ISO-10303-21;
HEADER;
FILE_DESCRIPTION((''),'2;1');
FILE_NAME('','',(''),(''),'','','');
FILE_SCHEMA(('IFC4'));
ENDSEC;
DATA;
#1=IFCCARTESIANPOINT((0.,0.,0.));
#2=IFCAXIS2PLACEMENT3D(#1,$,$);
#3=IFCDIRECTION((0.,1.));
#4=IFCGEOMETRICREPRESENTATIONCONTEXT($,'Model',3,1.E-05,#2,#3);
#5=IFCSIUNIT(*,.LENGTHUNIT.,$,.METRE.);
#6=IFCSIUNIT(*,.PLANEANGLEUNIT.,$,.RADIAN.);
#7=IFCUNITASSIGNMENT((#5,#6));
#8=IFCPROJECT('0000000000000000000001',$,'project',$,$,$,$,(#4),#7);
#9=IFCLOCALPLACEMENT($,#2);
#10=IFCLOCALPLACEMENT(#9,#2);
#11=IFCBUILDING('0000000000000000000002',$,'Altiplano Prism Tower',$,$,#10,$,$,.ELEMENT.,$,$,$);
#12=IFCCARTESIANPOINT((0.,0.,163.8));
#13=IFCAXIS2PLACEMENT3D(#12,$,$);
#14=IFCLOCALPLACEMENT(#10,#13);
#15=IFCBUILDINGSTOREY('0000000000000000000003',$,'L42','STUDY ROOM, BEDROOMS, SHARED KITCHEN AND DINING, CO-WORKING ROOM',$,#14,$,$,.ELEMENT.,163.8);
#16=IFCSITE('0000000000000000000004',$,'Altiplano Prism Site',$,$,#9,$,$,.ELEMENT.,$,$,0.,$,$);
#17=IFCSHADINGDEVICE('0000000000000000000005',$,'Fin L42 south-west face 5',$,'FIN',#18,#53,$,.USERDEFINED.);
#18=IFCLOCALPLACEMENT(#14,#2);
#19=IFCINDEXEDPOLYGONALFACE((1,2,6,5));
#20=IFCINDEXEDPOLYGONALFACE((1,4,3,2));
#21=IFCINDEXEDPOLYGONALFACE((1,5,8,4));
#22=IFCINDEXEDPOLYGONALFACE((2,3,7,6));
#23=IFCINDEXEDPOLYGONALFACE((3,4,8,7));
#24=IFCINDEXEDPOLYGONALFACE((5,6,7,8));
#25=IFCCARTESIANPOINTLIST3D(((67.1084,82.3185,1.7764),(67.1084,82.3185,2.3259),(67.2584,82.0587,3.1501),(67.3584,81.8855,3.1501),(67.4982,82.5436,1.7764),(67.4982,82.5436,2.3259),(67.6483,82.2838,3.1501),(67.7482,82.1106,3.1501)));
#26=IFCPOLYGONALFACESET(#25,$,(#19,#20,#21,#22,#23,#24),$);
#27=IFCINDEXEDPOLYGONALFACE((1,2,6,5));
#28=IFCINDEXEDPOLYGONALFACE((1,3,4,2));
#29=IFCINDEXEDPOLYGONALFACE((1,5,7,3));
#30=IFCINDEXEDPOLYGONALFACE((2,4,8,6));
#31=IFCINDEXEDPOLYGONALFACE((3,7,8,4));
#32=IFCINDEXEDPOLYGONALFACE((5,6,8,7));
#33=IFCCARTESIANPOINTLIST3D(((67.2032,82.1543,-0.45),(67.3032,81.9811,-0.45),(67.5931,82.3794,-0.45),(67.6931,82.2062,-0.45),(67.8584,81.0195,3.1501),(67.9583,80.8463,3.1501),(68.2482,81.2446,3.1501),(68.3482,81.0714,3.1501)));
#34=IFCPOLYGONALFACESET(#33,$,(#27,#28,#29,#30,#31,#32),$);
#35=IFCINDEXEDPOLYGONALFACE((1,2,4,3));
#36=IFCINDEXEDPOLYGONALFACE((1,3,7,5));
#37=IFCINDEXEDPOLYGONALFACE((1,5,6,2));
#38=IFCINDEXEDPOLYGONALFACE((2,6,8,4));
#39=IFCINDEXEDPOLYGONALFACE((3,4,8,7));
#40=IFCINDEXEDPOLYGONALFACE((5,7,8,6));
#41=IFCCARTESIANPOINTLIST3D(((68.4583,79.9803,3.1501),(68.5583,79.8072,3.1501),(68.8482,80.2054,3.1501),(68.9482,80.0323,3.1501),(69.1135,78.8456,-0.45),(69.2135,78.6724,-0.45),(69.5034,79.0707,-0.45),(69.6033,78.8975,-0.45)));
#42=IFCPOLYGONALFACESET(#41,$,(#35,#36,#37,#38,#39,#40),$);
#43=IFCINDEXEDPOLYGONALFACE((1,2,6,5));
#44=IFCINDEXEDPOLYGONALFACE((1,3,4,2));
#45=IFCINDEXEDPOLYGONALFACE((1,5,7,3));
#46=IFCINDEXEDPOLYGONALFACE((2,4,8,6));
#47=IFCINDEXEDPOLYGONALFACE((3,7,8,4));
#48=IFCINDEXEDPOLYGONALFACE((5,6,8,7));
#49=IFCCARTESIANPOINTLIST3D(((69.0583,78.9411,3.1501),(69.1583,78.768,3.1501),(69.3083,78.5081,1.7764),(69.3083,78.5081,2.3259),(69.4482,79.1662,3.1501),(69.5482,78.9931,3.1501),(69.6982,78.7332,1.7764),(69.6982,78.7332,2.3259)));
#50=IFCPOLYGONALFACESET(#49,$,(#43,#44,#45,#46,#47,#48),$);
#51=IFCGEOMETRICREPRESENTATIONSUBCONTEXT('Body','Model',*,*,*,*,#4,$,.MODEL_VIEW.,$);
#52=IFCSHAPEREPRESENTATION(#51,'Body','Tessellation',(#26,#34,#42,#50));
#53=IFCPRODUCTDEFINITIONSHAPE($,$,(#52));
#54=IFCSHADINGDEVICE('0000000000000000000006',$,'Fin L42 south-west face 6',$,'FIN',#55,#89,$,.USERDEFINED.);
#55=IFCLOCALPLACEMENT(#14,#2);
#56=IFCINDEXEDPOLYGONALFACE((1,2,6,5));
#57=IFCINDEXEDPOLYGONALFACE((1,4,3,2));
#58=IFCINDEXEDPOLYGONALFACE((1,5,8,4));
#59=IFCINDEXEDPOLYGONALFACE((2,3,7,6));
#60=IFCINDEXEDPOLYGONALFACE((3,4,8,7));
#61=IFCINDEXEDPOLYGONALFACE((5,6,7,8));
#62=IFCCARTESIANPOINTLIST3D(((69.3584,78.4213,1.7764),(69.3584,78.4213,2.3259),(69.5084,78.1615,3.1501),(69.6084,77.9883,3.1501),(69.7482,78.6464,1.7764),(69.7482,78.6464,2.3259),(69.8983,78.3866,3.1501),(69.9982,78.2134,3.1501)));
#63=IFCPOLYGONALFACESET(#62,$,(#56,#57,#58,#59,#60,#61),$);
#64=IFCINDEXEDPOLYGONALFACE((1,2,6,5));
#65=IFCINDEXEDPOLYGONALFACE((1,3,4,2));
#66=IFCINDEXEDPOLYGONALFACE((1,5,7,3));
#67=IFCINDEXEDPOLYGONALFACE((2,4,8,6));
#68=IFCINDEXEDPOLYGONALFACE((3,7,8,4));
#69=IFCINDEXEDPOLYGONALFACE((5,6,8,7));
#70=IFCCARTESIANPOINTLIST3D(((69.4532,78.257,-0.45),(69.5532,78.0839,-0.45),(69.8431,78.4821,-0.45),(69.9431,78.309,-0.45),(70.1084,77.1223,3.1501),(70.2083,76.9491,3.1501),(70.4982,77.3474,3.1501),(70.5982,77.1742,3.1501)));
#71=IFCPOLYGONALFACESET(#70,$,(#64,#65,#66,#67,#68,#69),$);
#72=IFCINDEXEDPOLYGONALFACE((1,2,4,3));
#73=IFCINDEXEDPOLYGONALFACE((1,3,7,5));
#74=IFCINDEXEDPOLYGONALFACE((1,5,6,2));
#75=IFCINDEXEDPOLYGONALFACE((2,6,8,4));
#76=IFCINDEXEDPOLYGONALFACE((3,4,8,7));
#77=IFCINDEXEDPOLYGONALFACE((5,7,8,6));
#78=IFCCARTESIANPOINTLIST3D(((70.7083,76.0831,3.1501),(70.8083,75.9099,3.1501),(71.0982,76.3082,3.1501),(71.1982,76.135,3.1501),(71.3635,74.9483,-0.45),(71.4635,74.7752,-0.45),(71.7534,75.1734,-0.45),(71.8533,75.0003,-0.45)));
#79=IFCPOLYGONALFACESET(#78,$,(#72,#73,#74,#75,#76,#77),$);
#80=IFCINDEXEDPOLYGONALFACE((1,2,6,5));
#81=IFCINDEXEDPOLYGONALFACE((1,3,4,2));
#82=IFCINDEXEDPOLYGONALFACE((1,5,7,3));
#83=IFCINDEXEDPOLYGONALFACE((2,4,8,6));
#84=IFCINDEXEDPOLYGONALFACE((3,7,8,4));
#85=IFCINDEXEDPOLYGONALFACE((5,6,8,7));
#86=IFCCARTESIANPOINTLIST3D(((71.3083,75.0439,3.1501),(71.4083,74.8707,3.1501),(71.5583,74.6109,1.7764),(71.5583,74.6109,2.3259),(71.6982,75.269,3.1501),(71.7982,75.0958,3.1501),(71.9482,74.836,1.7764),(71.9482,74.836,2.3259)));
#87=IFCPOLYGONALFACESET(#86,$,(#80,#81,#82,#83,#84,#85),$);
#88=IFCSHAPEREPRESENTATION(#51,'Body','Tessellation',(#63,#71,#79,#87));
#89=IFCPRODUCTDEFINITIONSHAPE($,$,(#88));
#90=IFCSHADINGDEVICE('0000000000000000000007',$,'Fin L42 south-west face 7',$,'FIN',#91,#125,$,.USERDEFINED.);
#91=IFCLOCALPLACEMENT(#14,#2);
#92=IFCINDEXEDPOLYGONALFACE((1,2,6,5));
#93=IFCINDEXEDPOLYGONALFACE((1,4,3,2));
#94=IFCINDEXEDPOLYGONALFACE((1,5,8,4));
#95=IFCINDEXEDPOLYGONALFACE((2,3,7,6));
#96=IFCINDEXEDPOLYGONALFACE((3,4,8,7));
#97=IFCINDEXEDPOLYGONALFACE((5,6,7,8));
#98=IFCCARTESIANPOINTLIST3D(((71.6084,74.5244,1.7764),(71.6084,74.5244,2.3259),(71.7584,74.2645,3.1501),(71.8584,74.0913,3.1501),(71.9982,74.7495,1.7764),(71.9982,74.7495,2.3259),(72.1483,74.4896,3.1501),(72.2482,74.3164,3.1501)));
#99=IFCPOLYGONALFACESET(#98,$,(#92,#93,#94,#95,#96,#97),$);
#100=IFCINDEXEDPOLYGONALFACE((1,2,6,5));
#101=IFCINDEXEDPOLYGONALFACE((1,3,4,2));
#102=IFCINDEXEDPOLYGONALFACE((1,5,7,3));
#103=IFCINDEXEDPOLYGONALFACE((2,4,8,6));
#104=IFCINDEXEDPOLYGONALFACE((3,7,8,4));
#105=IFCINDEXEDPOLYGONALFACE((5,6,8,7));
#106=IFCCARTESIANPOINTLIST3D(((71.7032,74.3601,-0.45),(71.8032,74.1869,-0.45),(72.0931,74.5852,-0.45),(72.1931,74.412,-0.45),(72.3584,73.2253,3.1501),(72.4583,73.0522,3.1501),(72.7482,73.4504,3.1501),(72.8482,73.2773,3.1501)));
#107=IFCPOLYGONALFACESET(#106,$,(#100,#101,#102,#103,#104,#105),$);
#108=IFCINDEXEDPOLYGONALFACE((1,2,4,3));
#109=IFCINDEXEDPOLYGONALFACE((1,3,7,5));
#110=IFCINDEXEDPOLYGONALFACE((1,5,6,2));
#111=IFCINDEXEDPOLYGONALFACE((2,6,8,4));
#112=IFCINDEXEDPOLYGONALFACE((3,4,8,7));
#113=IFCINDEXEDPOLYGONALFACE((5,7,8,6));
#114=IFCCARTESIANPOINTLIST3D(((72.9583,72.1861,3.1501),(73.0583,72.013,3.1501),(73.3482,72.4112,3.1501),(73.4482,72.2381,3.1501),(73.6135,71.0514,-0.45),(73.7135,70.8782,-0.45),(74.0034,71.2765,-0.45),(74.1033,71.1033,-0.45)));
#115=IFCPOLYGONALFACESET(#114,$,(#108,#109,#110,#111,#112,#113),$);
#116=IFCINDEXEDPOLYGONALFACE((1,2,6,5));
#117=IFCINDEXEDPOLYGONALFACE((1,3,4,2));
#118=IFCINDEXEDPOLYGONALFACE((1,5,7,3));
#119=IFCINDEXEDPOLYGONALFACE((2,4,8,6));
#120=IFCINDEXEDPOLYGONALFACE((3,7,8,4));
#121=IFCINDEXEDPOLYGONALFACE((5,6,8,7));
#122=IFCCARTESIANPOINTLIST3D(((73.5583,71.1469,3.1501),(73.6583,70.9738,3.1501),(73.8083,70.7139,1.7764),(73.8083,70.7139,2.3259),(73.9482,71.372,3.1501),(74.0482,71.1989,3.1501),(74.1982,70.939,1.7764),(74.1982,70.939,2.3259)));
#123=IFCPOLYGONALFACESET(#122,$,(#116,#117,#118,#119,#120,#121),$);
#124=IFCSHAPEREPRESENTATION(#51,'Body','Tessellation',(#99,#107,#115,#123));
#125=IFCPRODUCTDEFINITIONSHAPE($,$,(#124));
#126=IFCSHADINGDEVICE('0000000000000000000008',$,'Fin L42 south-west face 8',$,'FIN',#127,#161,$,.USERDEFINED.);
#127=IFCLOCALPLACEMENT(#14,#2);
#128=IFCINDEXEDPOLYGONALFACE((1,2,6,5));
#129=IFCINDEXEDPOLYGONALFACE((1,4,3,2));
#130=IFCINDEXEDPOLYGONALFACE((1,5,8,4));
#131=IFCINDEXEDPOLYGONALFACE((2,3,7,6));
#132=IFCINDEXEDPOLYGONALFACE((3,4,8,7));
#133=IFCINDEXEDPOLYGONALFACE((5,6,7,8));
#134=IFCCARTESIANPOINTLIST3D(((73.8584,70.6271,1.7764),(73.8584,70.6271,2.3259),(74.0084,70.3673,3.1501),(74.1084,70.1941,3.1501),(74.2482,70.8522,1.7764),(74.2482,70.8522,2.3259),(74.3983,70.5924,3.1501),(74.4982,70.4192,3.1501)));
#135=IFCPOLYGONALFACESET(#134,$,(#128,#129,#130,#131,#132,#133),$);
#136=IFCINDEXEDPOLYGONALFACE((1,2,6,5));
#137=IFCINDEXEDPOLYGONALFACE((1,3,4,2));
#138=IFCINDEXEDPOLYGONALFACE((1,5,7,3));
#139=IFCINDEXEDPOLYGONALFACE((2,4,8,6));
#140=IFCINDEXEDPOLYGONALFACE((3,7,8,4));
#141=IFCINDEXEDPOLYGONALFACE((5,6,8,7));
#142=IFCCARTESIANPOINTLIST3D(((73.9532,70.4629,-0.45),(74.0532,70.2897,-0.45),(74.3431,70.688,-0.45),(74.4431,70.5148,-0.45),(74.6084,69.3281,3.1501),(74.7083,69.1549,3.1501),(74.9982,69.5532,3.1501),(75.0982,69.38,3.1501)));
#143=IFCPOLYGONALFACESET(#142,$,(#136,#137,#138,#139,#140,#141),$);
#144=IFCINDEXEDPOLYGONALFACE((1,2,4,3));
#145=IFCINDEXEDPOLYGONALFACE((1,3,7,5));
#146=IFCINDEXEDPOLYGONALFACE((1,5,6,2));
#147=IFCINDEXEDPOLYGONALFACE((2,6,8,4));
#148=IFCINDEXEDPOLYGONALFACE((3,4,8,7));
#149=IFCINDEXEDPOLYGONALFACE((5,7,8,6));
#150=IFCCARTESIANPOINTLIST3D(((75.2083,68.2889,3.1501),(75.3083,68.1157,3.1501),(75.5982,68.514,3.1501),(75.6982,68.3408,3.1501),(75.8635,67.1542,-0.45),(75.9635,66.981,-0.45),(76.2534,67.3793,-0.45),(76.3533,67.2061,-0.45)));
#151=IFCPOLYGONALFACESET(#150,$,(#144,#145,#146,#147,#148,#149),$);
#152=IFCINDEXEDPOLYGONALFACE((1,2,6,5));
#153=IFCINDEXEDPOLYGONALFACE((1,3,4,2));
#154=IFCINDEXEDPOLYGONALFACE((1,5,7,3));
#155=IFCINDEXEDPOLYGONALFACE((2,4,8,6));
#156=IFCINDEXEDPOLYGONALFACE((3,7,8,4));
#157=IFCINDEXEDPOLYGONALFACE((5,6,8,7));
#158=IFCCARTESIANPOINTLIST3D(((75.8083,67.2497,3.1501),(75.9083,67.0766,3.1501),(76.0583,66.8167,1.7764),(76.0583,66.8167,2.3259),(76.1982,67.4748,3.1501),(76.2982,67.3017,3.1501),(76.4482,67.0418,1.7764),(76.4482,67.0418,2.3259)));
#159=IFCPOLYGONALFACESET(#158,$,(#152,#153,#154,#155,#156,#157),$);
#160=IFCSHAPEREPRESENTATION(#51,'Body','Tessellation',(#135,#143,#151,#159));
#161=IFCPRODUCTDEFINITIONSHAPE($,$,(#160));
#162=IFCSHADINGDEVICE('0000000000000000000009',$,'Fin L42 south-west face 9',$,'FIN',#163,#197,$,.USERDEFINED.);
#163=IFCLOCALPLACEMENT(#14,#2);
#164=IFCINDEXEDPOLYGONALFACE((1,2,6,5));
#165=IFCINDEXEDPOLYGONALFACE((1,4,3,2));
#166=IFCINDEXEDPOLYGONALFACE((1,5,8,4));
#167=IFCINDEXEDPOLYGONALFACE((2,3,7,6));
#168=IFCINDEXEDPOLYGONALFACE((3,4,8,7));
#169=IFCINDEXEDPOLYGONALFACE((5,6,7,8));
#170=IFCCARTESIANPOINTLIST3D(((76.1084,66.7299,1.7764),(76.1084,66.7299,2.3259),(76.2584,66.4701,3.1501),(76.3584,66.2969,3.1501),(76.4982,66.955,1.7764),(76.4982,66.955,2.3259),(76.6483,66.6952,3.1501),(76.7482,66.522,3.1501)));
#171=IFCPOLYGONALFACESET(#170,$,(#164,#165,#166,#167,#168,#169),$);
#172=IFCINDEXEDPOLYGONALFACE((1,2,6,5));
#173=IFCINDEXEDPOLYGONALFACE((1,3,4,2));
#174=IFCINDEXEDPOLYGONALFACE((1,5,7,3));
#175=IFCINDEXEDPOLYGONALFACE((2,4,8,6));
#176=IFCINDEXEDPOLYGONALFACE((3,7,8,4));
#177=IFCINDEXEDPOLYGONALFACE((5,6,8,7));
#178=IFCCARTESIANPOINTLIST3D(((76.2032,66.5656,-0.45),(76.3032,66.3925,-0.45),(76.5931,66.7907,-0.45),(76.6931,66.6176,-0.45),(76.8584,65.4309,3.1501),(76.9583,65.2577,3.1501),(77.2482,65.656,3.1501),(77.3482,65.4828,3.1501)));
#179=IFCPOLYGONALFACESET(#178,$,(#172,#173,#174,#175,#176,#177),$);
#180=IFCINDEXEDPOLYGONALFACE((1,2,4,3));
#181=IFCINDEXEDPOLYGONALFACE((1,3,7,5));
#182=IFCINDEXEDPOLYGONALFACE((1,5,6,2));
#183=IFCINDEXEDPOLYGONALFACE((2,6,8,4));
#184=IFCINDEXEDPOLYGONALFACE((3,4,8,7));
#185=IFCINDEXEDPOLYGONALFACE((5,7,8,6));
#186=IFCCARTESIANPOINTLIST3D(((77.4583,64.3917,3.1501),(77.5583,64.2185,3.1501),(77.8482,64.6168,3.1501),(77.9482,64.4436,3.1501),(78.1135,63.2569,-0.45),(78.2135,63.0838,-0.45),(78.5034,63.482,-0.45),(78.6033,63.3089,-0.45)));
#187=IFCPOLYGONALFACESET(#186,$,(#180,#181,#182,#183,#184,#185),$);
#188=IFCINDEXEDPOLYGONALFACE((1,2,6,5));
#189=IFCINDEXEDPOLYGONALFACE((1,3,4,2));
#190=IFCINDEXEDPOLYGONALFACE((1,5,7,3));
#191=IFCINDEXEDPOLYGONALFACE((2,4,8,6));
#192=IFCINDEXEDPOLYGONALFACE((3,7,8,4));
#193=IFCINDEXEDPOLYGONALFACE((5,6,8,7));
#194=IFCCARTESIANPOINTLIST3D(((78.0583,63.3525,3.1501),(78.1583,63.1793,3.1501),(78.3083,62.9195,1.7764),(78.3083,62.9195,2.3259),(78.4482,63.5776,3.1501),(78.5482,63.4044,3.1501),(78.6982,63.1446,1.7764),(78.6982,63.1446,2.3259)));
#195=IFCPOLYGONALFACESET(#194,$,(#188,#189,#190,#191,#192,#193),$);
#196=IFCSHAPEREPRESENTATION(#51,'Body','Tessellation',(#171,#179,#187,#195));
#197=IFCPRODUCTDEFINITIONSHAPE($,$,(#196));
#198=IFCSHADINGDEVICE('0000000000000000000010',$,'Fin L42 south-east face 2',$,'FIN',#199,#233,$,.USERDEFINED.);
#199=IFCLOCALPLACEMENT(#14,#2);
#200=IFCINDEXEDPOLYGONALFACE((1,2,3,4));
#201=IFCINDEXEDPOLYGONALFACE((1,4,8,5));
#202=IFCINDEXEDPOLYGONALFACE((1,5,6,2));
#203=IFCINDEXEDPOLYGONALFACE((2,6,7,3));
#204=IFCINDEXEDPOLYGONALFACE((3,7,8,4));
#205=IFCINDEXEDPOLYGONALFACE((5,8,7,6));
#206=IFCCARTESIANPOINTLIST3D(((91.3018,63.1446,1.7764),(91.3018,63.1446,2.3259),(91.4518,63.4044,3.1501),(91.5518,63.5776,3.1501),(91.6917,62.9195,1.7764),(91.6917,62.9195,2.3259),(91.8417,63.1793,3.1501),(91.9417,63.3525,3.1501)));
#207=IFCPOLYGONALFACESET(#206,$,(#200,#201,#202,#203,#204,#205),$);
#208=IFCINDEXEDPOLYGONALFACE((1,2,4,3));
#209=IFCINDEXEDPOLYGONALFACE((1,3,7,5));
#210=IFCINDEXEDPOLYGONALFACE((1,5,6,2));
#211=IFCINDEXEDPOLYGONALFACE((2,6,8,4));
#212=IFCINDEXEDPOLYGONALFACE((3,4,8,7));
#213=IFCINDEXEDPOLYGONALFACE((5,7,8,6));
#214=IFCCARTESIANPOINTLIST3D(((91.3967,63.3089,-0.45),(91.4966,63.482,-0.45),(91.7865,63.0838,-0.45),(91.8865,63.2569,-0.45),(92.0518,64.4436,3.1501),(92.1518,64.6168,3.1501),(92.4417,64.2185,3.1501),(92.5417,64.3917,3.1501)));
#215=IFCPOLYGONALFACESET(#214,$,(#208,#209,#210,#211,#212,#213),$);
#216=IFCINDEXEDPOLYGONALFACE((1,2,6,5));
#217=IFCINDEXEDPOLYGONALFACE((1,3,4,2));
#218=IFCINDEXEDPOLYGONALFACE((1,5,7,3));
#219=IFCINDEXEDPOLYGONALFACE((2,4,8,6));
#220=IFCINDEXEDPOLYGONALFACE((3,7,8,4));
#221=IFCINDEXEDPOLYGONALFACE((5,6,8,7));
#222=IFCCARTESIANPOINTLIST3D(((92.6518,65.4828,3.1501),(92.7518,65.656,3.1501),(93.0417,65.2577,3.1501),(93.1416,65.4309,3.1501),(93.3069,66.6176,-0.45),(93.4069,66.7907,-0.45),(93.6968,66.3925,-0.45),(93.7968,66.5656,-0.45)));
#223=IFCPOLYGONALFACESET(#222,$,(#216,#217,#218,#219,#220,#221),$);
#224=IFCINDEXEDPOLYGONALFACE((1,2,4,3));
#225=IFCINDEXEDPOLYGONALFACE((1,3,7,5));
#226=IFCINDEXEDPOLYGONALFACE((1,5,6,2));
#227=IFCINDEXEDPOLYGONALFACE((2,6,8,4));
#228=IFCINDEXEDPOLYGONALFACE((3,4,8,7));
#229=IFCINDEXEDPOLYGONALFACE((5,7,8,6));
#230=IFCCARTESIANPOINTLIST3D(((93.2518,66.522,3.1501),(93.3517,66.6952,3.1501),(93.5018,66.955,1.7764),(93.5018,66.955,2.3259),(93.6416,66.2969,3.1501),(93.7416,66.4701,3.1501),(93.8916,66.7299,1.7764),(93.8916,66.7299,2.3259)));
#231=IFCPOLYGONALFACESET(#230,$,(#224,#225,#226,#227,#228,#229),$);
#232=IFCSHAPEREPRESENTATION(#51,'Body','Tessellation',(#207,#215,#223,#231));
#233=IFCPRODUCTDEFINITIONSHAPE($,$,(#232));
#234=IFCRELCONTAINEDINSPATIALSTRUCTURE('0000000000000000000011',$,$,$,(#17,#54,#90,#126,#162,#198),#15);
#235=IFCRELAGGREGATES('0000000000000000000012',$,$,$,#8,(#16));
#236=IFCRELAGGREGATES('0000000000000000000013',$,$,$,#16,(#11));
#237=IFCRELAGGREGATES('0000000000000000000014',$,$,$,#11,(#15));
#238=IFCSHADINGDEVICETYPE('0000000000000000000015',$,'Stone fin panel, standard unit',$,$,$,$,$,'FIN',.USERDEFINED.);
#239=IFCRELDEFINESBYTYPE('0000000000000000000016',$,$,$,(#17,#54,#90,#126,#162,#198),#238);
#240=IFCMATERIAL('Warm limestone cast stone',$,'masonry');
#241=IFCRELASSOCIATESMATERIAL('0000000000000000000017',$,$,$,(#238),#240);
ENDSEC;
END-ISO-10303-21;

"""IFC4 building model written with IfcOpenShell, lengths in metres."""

from ifc_helpers import new_model, si_unit, direction, frame, origin, place, context, subcontext, project, spatial, polyline, outline, extrude, source, transform, mapped, material, type_object, element, save


model = new_model("IFC4")

# Units and contexts
model_context = context("Model", 3, precision=1e-05, world=origin(), true_north=direction((0.0, 1.0)))
body_context = subcontext(model_context, "Body", "Model", "MODEL_VIEW")
ifc_project = project(units=[si_unit("LENGTHUNIT", "METRE"), si_unit("PLANEANGLEUNIT", "RADIAN")], contexts=[model_context])

# Site, building, storey
site_placement = place(None, origin())
site = spatial("IfcSite", under=ifc_project, at=site_placement, Name="Altiplano Prism Site", CompositionType="ELEMENT", RefElevation=0.0)
building_placement = place(site_placement, origin())
building = spatial("IfcBuilding", under=site, at=building_placement, Name="Altiplano Prism Tower", CompositionType="ELEMENT")
storey_placement = place(building_placement, frame((0.0, 0.0, 163.8)))
storey = spatial("IfcBuildingStorey", under=building, at=storey_placement, Name="L42", Description="STUDY ROOM, BEDROOMS, SHARED KITCHEN AND DINING, CO-WORKING ROOM", CompositionType="ELEMENT", Elevation=163.8)

# Shading devices
ifc_material_1 = material(Name="Warm limestone cast stone", Category="masonry")
shading_device_type_1 = type_object("IfcShadingDeviceType", Name="Stone fin panel, standard unit", ElementType="FIN", PredefinedType="USERDEFINED", material=ifc_material_1)
shared_shape_1 = source(origin(), body_context, "Body", "SweptSolid", [
    extrude(outline(polyline([(-2.2, 2.2263), (-1.7, 3.6001), (-1.8999, 3.6001), (-2.2, 2.7759), (-2.2, 2.2263)])), frame((0.0, -0.1499, 0.0), z_axis=(0.0, -1.0, 0.0), x_axis=(1.0, 0.0, 0.0)), (0.0, 0.0, 1.0), 0.4502),
    extrude(outline(polyline([(-2.0103, 0.0), (-1.8103, 0.0), (-0.5, 3.6001), (-0.7, 3.6001), (-2.0103, 0.0)])), frame((0.0, -0.1499, 0.0), z_axis=(0.0, -1.0, 0.0), x_axis=(1.0, 0.0, 0.0)), (0.0, 0.0, 1.0), 0.4502),
    extrude(outline(polyline([(1.8103, 0.0), (2.0103, 0.0), (0.7, 3.6001), (0.5, 3.6001), (1.8103, 0.0)])), frame((0.0, -0.1499, 0.0), z_axis=(0.0, -1.0, 0.0), x_axis=(1.0, 0.0, 0.0)), (0.0, 0.0, 1.0), 0.4502),
    extrude(outline(polyline([(2.2, 2.7759), (1.8999, 3.6001), (1.7, 3.6001), (2.2, 2.2263), (2.2, 2.7759)])), frame((0.0, -0.1499, 0.0), z_axis=(0.0, -1.0, 0.0), x_axis=(1.0, 0.0, 0.0)), (0.0, 0.0, 1.0), 0.4502),
])
shading_device_1_placement = place(storey_placement, origin())
element("IfcShadingDevice", 1, at=shading_device_1_placement, inside=storey, type_object=shading_device_type_1, Name="Fin L42 south-west face 5", ObjectType="FIN", PredefinedType="USERDEFINED", context=body_context, shape_type="MappedRepresentation", body=[
    mapped(shared_shape_1, transform((68.728, 80.7134, -0.45), x_axis=(0.5, -0.866025, 0.0), y_axis=(0.866025, 0.5, 0.0), z_axis=(0.0, 0.0, 1.0))),
])
shading_device_2_placement = place(storey_placement, origin())
element("IfcShadingDevice", 2, at=shading_device_2_placement, inside=storey, type_object=shading_device_type_1, Name="Fin L42 south-west face 6", ObjectType="FIN", PredefinedType="USERDEFINED", context=body_context, shape_type="MappedRepresentation", body=[
    mapped(shared_shape_1, transform((70.978, 76.8162, -0.45), x_axis=(0.5, -0.866025, 0.0), y_axis=(0.866025, 0.5, 0.0), z_axis=(0.0, 0.0, 1.0))),
])
shading_device_3_placement = place(storey_placement, origin())
element("IfcShadingDevice", 3, at=shading_device_3_placement, inside=storey, type_object=shading_device_type_1, Name="Fin L42 south-west face 7", ObjectType="FIN", PredefinedType="USERDEFINED", context=body_context, shape_type="MappedRepresentation", body=[
    mapped(shared_shape_1, transform((73.228, 72.9192, -0.45), x_axis=(0.5, -0.866025, 0.0), y_axis=(0.866025, 0.5, 0.0), z_axis=(0.0, 0.0, 1.0))),
])
shading_device_4_placement = place(storey_placement, origin())
element("IfcShadingDevice", 4, at=shading_device_4_placement, inside=storey, type_object=shading_device_type_1, Name="Fin L42 south-west face 8", ObjectType="FIN", PredefinedType="USERDEFINED", context=body_context, shape_type="MappedRepresentation", body=[
    mapped(shared_shape_1, transform((75.478, 69.022, -0.45), x_axis=(0.5, -0.866025, 0.0), y_axis=(0.866025, 0.5, 0.0), z_axis=(0.0, 0.0, 1.0))),
])
shading_device_5_placement = place(storey_placement, origin())
element("IfcShadingDevice", 5, at=shading_device_5_placement, inside=storey, type_object=shading_device_type_1, Name="Fin L42 south-west face 9", ObjectType="FIN", PredefinedType="USERDEFINED", context=body_context, shape_type="MappedRepresentation", body=[
    mapped(shared_shape_1, transform((77.728, 65.1248, -0.45), x_axis=(0.5, -0.866025, 0.0), y_axis=(0.866025, 0.5, 0.0), z_axis=(0.0, 0.0, 1.0))),
])
shading_device_6_placement = place(storey_placement, origin())
element("IfcShadingDevice", 6, at=shading_device_6_placement, inside=storey, type_object=shading_device_type_1, Name="Fin L42 south-east face 2", ObjectType="FIN", PredefinedType="USERDEFINED", context=body_context, shape_type="MappedRepresentation", body=[
    mapped(shared_shape_1, transform((92.272, 65.1248, -0.45), x_axis=(0.5, 0.866025, 0.0), y_axis=(-0.866025, 0.5, 0.0), z_axis=(0.0, 0.0, 1.0))),
])

save(model, "model.ifc")
